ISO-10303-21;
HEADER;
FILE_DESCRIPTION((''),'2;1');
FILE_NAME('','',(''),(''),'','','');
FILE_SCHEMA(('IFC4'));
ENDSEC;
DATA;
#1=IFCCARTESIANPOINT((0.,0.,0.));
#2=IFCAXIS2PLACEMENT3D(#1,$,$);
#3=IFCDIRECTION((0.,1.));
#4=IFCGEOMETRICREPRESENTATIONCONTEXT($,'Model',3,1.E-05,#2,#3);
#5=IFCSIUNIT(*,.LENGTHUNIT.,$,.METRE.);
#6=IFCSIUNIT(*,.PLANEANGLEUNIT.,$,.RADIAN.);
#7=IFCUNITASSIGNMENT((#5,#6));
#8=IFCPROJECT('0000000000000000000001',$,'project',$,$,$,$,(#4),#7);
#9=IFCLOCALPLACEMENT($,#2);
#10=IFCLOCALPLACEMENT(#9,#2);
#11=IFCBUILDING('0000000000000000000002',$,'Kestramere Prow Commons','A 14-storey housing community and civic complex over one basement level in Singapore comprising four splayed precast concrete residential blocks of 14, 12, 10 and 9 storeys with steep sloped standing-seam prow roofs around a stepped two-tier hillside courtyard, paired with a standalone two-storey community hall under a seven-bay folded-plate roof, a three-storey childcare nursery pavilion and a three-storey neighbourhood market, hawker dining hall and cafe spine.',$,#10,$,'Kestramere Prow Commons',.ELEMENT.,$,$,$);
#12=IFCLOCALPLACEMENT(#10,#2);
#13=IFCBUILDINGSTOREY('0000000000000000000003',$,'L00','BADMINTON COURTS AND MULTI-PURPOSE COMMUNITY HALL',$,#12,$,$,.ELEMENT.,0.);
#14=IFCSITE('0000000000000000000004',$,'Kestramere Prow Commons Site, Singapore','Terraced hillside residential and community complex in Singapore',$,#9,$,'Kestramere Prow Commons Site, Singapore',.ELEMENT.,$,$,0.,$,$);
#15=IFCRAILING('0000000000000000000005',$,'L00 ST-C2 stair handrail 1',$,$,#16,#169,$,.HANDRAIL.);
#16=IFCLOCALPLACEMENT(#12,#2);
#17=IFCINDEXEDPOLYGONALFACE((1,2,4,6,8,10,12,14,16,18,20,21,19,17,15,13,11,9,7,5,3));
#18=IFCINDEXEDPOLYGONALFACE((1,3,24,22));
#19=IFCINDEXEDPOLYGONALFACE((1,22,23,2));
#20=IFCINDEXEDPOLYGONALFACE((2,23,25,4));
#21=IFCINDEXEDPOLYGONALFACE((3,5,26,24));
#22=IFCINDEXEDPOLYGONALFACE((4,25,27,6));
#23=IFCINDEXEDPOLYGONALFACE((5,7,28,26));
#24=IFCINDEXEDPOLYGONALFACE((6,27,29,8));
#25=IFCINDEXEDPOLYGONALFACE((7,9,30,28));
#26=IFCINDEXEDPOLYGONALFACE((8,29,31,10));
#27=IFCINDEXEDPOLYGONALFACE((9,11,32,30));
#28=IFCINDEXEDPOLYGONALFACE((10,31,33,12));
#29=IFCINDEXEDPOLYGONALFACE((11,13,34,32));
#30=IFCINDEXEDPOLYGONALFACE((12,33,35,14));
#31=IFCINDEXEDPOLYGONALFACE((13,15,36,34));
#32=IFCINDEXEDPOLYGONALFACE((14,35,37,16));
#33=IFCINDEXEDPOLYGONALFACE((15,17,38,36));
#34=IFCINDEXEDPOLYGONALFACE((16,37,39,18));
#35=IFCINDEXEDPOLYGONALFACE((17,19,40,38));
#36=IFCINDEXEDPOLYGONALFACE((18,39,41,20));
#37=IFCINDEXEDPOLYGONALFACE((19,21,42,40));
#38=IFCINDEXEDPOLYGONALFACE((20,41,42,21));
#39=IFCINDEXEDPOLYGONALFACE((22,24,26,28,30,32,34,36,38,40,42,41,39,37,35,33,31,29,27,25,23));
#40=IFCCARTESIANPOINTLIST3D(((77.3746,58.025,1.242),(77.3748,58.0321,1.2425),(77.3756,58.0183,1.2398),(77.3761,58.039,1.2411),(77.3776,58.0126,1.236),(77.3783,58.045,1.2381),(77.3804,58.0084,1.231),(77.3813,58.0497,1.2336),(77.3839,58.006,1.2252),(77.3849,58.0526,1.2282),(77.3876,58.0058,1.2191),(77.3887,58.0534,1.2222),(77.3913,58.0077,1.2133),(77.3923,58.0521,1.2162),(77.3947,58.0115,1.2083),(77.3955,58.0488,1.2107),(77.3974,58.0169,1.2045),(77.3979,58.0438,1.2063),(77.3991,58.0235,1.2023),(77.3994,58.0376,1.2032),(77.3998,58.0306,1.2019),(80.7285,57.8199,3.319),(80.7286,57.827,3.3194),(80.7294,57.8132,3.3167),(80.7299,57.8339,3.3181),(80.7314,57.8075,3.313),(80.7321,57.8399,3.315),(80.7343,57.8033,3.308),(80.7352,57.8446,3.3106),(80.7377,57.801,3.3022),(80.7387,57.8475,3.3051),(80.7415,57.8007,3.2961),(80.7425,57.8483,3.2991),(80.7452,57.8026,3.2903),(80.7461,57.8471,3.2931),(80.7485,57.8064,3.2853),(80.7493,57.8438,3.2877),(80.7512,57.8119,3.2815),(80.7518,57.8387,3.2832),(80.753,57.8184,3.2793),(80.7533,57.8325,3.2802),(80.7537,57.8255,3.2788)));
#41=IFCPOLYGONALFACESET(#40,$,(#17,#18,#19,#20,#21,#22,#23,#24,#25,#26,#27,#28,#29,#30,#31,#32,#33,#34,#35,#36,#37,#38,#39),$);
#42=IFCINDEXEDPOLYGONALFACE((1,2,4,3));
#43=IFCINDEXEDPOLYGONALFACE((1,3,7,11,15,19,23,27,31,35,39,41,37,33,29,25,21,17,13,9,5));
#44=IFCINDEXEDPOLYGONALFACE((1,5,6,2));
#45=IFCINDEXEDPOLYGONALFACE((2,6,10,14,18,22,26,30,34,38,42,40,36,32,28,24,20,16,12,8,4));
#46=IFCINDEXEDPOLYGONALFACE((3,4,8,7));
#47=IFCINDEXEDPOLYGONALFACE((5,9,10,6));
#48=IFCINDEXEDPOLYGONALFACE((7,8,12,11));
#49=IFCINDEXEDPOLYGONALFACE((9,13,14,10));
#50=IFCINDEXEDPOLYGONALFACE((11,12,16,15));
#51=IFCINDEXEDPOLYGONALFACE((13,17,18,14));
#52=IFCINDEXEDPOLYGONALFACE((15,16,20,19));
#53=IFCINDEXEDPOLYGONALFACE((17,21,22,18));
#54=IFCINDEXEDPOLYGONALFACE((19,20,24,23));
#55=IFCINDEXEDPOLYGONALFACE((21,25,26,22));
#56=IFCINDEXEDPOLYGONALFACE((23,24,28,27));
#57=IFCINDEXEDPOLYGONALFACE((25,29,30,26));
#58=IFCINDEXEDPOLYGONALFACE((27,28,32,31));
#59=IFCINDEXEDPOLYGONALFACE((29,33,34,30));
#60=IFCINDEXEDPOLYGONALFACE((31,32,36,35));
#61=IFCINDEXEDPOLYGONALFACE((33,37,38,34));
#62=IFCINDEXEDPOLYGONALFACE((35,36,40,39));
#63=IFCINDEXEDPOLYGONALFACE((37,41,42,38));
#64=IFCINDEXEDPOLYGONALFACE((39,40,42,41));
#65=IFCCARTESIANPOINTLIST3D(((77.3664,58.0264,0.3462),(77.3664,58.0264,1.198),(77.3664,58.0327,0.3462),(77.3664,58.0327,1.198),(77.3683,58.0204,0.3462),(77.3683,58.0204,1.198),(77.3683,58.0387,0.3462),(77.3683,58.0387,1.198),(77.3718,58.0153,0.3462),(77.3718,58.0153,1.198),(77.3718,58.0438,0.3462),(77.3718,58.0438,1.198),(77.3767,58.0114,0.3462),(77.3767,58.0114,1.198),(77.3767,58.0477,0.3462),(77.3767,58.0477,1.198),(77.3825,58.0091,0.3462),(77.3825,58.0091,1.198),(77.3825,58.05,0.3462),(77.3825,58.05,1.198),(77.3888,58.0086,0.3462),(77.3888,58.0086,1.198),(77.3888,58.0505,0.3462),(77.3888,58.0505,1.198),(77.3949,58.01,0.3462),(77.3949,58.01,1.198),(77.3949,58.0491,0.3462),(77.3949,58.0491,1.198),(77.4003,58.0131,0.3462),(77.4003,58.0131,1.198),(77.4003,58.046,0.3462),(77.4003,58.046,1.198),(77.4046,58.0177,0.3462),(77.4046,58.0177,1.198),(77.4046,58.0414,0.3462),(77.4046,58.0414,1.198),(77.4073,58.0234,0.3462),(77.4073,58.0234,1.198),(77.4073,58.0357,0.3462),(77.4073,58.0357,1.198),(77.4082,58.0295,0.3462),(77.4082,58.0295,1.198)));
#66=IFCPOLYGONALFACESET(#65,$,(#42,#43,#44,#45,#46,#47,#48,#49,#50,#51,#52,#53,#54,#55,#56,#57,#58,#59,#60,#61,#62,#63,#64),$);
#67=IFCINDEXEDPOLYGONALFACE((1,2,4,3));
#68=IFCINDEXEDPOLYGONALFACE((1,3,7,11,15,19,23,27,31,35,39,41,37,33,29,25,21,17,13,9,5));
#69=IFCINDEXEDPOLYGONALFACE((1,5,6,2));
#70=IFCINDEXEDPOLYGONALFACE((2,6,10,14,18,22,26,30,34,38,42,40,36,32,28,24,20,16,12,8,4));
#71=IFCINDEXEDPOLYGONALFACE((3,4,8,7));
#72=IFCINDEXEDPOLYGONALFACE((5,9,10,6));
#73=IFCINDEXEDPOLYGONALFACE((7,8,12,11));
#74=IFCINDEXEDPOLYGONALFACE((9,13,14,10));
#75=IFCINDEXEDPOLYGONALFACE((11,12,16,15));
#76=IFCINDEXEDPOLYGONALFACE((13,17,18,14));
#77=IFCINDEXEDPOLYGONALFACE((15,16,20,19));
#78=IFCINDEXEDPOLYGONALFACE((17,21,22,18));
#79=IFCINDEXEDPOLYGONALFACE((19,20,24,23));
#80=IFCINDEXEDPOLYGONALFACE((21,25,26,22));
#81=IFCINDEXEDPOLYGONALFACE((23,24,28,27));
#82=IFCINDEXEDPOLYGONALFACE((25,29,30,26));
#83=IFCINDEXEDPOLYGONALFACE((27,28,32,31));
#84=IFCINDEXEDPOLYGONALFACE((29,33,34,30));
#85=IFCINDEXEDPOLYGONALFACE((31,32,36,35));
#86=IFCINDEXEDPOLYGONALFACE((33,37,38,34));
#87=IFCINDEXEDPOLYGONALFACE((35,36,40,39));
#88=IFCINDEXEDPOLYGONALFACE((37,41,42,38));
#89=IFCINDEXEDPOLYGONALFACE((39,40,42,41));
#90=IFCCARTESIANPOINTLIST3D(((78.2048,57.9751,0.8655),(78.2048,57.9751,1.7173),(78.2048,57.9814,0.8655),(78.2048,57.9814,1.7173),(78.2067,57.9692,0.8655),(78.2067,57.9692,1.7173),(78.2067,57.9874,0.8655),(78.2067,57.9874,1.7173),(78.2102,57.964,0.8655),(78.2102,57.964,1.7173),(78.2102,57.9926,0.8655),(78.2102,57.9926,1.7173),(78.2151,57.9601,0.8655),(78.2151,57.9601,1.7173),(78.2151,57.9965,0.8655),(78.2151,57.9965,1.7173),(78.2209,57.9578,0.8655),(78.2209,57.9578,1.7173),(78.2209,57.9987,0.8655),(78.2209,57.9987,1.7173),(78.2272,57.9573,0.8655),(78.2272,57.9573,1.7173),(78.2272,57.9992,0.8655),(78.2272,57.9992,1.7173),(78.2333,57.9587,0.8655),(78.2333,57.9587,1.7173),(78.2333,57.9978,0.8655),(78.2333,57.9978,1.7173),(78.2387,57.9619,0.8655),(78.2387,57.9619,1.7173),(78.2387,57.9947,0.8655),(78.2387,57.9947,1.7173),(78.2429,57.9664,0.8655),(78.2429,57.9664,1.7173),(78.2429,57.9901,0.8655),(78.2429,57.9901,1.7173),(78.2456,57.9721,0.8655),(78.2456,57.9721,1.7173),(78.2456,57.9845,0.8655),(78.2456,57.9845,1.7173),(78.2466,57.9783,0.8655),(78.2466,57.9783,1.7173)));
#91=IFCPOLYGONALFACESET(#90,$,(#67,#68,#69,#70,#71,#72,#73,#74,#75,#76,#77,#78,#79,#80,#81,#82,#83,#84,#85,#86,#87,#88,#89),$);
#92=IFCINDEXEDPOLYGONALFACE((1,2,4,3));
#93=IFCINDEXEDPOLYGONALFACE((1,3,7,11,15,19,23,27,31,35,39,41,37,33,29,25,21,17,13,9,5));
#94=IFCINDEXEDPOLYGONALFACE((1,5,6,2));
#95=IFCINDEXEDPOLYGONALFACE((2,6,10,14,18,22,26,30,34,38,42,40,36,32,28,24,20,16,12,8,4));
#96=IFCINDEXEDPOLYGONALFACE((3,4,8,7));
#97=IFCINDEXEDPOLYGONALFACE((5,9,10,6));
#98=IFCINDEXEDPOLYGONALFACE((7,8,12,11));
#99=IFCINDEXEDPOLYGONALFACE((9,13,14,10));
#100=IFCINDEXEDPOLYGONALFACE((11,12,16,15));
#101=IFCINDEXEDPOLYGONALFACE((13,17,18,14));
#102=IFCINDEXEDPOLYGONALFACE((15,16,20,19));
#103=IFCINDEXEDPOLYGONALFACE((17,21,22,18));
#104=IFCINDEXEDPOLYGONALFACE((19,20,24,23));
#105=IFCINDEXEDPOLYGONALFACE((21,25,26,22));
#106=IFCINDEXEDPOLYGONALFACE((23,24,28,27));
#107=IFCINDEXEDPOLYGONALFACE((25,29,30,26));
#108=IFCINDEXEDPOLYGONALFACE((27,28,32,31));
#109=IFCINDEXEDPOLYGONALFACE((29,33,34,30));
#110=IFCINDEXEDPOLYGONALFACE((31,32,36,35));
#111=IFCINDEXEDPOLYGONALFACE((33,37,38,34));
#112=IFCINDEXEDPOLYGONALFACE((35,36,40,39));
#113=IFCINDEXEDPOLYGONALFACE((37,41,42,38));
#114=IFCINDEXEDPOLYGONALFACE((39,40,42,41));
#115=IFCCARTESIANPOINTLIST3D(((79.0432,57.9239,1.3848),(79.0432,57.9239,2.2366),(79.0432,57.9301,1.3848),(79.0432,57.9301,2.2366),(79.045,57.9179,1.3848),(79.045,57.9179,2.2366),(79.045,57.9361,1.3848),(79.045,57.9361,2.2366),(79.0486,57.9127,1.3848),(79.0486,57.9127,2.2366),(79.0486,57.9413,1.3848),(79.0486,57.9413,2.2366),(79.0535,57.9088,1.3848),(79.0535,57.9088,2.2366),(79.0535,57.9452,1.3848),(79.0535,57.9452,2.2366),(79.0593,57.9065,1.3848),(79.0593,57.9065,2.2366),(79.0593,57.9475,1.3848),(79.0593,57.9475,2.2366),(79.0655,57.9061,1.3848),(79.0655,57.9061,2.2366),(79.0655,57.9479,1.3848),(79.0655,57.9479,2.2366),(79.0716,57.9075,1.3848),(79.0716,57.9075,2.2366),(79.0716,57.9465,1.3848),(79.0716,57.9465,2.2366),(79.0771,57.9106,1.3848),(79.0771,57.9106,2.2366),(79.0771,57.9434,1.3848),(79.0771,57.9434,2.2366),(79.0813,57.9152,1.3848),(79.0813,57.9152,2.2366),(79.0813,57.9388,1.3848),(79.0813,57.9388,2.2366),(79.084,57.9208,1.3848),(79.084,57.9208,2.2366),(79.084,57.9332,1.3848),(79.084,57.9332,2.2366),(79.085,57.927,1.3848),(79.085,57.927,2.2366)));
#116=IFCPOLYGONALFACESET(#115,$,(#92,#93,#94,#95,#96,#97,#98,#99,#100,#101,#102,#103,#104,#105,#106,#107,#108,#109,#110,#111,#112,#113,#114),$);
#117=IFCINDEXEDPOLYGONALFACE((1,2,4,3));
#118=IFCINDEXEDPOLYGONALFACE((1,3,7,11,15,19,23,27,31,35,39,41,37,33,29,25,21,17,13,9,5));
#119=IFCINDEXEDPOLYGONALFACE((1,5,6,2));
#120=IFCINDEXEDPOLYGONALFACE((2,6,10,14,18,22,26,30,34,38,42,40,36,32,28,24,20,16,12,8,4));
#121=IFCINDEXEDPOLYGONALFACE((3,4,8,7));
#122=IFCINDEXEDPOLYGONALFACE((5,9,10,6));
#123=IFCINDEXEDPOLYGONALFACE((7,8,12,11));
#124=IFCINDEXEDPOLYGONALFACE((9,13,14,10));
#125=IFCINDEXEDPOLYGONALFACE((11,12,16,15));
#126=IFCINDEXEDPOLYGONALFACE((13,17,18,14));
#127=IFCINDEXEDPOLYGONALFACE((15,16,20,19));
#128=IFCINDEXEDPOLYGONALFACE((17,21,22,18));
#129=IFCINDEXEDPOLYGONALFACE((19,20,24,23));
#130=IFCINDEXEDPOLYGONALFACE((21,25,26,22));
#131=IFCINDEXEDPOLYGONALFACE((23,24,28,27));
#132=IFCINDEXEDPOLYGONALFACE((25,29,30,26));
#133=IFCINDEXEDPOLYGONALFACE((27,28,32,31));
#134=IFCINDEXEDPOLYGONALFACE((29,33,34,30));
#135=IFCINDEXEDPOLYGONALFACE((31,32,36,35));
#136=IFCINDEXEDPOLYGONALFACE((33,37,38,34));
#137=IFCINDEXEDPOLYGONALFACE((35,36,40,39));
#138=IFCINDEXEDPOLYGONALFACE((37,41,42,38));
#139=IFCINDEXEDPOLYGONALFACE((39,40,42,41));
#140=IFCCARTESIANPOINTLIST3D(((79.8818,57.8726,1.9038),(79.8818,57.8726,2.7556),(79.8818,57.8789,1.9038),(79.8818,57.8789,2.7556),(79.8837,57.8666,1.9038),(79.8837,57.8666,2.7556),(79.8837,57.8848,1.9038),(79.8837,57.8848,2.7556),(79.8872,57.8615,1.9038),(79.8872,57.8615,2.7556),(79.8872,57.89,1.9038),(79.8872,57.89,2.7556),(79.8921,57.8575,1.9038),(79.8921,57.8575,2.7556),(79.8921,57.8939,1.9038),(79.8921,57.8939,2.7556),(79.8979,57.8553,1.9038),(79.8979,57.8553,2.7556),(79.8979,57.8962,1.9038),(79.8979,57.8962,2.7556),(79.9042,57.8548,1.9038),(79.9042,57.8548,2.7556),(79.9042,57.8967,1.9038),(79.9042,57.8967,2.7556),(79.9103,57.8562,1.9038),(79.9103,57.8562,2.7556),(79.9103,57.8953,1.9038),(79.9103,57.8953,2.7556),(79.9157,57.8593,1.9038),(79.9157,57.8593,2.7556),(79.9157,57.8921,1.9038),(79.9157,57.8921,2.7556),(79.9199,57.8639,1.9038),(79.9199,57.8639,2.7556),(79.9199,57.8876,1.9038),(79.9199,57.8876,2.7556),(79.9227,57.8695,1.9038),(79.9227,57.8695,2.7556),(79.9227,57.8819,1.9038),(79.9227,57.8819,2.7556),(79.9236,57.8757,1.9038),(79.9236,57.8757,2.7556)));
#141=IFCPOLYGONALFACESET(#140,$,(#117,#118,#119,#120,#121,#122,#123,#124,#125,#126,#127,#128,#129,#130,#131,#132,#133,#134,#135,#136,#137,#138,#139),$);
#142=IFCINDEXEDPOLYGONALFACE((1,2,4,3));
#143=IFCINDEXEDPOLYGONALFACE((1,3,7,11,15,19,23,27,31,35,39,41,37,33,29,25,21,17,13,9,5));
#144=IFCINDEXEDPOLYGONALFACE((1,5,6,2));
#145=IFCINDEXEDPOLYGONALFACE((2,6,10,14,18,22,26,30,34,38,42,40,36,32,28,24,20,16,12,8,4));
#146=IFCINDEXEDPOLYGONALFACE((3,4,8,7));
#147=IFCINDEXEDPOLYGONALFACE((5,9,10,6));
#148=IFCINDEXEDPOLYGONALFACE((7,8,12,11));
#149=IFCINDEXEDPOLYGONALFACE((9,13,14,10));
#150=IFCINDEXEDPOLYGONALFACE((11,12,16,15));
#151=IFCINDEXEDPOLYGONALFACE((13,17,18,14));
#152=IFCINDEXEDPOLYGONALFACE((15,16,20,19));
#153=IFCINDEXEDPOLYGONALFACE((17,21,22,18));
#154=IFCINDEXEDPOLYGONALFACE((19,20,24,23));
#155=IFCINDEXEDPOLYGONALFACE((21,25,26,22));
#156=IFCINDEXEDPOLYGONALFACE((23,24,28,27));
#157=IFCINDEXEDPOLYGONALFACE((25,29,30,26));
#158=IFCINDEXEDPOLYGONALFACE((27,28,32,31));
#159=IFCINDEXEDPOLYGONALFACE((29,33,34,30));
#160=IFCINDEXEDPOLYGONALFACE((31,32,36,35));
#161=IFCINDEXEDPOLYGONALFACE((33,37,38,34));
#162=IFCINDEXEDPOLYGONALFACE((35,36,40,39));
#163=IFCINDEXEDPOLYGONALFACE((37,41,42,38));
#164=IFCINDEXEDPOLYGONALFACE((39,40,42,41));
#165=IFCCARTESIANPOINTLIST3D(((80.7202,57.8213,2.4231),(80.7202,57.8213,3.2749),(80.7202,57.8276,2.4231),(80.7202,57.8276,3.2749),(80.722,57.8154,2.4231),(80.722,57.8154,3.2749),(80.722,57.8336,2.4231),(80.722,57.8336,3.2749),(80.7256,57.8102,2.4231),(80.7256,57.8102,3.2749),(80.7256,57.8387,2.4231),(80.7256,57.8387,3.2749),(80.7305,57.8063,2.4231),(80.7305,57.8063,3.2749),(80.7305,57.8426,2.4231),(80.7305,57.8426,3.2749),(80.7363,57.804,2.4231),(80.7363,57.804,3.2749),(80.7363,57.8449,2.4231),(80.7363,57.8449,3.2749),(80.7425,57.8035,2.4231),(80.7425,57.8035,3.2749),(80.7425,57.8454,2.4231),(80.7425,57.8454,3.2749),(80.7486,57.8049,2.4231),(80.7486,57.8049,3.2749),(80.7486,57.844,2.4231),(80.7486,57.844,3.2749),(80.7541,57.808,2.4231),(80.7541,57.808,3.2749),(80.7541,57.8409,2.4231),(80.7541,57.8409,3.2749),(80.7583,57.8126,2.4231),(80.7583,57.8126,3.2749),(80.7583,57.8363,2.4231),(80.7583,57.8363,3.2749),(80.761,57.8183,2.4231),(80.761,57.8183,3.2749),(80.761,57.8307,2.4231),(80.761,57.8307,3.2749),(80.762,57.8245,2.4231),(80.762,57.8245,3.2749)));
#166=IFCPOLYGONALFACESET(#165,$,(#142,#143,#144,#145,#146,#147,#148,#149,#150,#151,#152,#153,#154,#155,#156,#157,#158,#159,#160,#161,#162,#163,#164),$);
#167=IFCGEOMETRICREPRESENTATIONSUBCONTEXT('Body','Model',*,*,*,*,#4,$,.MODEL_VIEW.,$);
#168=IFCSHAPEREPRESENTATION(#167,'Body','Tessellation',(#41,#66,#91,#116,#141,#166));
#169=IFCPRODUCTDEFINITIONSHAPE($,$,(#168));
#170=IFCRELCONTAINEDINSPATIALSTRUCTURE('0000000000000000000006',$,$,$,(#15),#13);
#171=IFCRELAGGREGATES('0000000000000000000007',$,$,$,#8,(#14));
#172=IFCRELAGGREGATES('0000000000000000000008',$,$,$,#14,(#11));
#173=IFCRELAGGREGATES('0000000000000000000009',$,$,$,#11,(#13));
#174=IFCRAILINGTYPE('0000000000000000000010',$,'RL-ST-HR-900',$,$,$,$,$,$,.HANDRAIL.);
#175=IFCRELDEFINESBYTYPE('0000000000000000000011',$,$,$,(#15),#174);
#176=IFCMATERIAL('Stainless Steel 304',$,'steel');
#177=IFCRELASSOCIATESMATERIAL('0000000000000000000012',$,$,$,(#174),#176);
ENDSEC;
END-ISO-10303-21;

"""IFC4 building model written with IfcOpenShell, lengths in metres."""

from ifc_helpers import new_model, si_unit, direction, frame, origin, origin_2d, place, context, subcontext, project, spatial, circle, extrude, material, type_object, element, save


model = new_model("IFC4")

# Units and contexts
model_context = context("Model", 3, precision=1e-05, world=origin(), true_north=direction((0.0, 1.0)))
body_context = subcontext(model_context, "Body", "Model", "MODEL_VIEW")
ifc_project = project(units=[si_unit("LENGTHUNIT", "METRE"), si_unit("PLANEANGLEUNIT", "RADIAN")], contexts=[model_context])

# Site, building, storey
site_placement = place(None, origin())
site = spatial("IfcSite", under=ifc_project, at=site_placement, Name="Kestramere Prow Commons Site, Singapore", Description="Terraced hillside residential and community complex in Singapore", LongName="Kestramere Prow Commons Site, Singapore", CompositionType="ELEMENT", RefElevation=0.0)
building_placement = place(site_placement, origin())
building = spatial("IfcBuilding", under=site, at=building_placement, Name="Kestramere Prow Commons", Description="A 14-storey housing community and civic complex over one basement level in Singapore comprising four splayed precast concrete residential blocks of 14, 12, 10 and 9 storeys with steep sloped standing-seam prow roofs around a stepped two-tier hillside courtyard, paired with a standalone two-storey community hall under a seven-bay folded-plate roof, a three-storey childcare nursery pavilion and a three-storey neighbourhood market, hawker dining hall and cafe spine.", LongName="Kestramere Prow Commons", CompositionType="ELEMENT")
storey_placement = place(building_placement, origin())
storey = spatial("IfcBuildingStorey", under=building, at=storey_placement, Name="L00", Description="BADMINTON COURTS AND MULTI-PURPOSE COMMUNITY HALL", CompositionType="ELEMENT", Elevation=0.0)

# Railing
ifc_material_1 = material(Name="Stainless Steel 304", Category="steel")
railing_type_1 = type_object("IfcRailingType", Name="RL-ST-HR-900", PredefinedType="HANDRAIL", material=ifc_material_1)
railing_1_placement = place(storey_placement, frame((77.3872, 58.0295, 0.3462)))
element("IfcRailing", 1, at=railing_1_placement, inside=storey, type_object=railing_type_1, Name="L00 ST-C2 stair handrail 1", PredefinedType="HANDRAIL", context=body_context, shape_type="SweptSolid", body=[
    extrude(circle(Radius=0.0239, at=origin_2d()), frame((0.0, 0.0, 0.876), z_axis=(0.849032, -0.051917, 0.525785), x_axis=(0.061035, 0.998136, 0.0)), (0.0, 0.0, 1.0), 3.9502),
    extrude(circle(Radius=0.021, at=origin_2d()), origin(), (0.0, 0.0, 1.0), 0.8518),
    extrude(circle(Radius=0.021, at=origin_2d()), frame((0.8384, -0.0513, 0.5193)), (0.0, 0.0, 1.0), 0.8518),
    extrude(circle(Radius=0.021, at=origin_2d()), frame((1.6768, -0.1025, 1.0386)), (0.0, 0.0, 1.0), 0.8518),
    extrude(circle(Radius=0.021, at=origin_2d()), frame((2.5154, -0.1538, 1.5576)), (0.0, 0.0, 1.0), 0.8518),
    extrude(circle(Radius=0.021, at=origin_2d()), frame((3.3538, -0.2051, 2.0769)), (0.0, 0.0, 1.0), 0.8518),
])

save(model, "model.ifc")
